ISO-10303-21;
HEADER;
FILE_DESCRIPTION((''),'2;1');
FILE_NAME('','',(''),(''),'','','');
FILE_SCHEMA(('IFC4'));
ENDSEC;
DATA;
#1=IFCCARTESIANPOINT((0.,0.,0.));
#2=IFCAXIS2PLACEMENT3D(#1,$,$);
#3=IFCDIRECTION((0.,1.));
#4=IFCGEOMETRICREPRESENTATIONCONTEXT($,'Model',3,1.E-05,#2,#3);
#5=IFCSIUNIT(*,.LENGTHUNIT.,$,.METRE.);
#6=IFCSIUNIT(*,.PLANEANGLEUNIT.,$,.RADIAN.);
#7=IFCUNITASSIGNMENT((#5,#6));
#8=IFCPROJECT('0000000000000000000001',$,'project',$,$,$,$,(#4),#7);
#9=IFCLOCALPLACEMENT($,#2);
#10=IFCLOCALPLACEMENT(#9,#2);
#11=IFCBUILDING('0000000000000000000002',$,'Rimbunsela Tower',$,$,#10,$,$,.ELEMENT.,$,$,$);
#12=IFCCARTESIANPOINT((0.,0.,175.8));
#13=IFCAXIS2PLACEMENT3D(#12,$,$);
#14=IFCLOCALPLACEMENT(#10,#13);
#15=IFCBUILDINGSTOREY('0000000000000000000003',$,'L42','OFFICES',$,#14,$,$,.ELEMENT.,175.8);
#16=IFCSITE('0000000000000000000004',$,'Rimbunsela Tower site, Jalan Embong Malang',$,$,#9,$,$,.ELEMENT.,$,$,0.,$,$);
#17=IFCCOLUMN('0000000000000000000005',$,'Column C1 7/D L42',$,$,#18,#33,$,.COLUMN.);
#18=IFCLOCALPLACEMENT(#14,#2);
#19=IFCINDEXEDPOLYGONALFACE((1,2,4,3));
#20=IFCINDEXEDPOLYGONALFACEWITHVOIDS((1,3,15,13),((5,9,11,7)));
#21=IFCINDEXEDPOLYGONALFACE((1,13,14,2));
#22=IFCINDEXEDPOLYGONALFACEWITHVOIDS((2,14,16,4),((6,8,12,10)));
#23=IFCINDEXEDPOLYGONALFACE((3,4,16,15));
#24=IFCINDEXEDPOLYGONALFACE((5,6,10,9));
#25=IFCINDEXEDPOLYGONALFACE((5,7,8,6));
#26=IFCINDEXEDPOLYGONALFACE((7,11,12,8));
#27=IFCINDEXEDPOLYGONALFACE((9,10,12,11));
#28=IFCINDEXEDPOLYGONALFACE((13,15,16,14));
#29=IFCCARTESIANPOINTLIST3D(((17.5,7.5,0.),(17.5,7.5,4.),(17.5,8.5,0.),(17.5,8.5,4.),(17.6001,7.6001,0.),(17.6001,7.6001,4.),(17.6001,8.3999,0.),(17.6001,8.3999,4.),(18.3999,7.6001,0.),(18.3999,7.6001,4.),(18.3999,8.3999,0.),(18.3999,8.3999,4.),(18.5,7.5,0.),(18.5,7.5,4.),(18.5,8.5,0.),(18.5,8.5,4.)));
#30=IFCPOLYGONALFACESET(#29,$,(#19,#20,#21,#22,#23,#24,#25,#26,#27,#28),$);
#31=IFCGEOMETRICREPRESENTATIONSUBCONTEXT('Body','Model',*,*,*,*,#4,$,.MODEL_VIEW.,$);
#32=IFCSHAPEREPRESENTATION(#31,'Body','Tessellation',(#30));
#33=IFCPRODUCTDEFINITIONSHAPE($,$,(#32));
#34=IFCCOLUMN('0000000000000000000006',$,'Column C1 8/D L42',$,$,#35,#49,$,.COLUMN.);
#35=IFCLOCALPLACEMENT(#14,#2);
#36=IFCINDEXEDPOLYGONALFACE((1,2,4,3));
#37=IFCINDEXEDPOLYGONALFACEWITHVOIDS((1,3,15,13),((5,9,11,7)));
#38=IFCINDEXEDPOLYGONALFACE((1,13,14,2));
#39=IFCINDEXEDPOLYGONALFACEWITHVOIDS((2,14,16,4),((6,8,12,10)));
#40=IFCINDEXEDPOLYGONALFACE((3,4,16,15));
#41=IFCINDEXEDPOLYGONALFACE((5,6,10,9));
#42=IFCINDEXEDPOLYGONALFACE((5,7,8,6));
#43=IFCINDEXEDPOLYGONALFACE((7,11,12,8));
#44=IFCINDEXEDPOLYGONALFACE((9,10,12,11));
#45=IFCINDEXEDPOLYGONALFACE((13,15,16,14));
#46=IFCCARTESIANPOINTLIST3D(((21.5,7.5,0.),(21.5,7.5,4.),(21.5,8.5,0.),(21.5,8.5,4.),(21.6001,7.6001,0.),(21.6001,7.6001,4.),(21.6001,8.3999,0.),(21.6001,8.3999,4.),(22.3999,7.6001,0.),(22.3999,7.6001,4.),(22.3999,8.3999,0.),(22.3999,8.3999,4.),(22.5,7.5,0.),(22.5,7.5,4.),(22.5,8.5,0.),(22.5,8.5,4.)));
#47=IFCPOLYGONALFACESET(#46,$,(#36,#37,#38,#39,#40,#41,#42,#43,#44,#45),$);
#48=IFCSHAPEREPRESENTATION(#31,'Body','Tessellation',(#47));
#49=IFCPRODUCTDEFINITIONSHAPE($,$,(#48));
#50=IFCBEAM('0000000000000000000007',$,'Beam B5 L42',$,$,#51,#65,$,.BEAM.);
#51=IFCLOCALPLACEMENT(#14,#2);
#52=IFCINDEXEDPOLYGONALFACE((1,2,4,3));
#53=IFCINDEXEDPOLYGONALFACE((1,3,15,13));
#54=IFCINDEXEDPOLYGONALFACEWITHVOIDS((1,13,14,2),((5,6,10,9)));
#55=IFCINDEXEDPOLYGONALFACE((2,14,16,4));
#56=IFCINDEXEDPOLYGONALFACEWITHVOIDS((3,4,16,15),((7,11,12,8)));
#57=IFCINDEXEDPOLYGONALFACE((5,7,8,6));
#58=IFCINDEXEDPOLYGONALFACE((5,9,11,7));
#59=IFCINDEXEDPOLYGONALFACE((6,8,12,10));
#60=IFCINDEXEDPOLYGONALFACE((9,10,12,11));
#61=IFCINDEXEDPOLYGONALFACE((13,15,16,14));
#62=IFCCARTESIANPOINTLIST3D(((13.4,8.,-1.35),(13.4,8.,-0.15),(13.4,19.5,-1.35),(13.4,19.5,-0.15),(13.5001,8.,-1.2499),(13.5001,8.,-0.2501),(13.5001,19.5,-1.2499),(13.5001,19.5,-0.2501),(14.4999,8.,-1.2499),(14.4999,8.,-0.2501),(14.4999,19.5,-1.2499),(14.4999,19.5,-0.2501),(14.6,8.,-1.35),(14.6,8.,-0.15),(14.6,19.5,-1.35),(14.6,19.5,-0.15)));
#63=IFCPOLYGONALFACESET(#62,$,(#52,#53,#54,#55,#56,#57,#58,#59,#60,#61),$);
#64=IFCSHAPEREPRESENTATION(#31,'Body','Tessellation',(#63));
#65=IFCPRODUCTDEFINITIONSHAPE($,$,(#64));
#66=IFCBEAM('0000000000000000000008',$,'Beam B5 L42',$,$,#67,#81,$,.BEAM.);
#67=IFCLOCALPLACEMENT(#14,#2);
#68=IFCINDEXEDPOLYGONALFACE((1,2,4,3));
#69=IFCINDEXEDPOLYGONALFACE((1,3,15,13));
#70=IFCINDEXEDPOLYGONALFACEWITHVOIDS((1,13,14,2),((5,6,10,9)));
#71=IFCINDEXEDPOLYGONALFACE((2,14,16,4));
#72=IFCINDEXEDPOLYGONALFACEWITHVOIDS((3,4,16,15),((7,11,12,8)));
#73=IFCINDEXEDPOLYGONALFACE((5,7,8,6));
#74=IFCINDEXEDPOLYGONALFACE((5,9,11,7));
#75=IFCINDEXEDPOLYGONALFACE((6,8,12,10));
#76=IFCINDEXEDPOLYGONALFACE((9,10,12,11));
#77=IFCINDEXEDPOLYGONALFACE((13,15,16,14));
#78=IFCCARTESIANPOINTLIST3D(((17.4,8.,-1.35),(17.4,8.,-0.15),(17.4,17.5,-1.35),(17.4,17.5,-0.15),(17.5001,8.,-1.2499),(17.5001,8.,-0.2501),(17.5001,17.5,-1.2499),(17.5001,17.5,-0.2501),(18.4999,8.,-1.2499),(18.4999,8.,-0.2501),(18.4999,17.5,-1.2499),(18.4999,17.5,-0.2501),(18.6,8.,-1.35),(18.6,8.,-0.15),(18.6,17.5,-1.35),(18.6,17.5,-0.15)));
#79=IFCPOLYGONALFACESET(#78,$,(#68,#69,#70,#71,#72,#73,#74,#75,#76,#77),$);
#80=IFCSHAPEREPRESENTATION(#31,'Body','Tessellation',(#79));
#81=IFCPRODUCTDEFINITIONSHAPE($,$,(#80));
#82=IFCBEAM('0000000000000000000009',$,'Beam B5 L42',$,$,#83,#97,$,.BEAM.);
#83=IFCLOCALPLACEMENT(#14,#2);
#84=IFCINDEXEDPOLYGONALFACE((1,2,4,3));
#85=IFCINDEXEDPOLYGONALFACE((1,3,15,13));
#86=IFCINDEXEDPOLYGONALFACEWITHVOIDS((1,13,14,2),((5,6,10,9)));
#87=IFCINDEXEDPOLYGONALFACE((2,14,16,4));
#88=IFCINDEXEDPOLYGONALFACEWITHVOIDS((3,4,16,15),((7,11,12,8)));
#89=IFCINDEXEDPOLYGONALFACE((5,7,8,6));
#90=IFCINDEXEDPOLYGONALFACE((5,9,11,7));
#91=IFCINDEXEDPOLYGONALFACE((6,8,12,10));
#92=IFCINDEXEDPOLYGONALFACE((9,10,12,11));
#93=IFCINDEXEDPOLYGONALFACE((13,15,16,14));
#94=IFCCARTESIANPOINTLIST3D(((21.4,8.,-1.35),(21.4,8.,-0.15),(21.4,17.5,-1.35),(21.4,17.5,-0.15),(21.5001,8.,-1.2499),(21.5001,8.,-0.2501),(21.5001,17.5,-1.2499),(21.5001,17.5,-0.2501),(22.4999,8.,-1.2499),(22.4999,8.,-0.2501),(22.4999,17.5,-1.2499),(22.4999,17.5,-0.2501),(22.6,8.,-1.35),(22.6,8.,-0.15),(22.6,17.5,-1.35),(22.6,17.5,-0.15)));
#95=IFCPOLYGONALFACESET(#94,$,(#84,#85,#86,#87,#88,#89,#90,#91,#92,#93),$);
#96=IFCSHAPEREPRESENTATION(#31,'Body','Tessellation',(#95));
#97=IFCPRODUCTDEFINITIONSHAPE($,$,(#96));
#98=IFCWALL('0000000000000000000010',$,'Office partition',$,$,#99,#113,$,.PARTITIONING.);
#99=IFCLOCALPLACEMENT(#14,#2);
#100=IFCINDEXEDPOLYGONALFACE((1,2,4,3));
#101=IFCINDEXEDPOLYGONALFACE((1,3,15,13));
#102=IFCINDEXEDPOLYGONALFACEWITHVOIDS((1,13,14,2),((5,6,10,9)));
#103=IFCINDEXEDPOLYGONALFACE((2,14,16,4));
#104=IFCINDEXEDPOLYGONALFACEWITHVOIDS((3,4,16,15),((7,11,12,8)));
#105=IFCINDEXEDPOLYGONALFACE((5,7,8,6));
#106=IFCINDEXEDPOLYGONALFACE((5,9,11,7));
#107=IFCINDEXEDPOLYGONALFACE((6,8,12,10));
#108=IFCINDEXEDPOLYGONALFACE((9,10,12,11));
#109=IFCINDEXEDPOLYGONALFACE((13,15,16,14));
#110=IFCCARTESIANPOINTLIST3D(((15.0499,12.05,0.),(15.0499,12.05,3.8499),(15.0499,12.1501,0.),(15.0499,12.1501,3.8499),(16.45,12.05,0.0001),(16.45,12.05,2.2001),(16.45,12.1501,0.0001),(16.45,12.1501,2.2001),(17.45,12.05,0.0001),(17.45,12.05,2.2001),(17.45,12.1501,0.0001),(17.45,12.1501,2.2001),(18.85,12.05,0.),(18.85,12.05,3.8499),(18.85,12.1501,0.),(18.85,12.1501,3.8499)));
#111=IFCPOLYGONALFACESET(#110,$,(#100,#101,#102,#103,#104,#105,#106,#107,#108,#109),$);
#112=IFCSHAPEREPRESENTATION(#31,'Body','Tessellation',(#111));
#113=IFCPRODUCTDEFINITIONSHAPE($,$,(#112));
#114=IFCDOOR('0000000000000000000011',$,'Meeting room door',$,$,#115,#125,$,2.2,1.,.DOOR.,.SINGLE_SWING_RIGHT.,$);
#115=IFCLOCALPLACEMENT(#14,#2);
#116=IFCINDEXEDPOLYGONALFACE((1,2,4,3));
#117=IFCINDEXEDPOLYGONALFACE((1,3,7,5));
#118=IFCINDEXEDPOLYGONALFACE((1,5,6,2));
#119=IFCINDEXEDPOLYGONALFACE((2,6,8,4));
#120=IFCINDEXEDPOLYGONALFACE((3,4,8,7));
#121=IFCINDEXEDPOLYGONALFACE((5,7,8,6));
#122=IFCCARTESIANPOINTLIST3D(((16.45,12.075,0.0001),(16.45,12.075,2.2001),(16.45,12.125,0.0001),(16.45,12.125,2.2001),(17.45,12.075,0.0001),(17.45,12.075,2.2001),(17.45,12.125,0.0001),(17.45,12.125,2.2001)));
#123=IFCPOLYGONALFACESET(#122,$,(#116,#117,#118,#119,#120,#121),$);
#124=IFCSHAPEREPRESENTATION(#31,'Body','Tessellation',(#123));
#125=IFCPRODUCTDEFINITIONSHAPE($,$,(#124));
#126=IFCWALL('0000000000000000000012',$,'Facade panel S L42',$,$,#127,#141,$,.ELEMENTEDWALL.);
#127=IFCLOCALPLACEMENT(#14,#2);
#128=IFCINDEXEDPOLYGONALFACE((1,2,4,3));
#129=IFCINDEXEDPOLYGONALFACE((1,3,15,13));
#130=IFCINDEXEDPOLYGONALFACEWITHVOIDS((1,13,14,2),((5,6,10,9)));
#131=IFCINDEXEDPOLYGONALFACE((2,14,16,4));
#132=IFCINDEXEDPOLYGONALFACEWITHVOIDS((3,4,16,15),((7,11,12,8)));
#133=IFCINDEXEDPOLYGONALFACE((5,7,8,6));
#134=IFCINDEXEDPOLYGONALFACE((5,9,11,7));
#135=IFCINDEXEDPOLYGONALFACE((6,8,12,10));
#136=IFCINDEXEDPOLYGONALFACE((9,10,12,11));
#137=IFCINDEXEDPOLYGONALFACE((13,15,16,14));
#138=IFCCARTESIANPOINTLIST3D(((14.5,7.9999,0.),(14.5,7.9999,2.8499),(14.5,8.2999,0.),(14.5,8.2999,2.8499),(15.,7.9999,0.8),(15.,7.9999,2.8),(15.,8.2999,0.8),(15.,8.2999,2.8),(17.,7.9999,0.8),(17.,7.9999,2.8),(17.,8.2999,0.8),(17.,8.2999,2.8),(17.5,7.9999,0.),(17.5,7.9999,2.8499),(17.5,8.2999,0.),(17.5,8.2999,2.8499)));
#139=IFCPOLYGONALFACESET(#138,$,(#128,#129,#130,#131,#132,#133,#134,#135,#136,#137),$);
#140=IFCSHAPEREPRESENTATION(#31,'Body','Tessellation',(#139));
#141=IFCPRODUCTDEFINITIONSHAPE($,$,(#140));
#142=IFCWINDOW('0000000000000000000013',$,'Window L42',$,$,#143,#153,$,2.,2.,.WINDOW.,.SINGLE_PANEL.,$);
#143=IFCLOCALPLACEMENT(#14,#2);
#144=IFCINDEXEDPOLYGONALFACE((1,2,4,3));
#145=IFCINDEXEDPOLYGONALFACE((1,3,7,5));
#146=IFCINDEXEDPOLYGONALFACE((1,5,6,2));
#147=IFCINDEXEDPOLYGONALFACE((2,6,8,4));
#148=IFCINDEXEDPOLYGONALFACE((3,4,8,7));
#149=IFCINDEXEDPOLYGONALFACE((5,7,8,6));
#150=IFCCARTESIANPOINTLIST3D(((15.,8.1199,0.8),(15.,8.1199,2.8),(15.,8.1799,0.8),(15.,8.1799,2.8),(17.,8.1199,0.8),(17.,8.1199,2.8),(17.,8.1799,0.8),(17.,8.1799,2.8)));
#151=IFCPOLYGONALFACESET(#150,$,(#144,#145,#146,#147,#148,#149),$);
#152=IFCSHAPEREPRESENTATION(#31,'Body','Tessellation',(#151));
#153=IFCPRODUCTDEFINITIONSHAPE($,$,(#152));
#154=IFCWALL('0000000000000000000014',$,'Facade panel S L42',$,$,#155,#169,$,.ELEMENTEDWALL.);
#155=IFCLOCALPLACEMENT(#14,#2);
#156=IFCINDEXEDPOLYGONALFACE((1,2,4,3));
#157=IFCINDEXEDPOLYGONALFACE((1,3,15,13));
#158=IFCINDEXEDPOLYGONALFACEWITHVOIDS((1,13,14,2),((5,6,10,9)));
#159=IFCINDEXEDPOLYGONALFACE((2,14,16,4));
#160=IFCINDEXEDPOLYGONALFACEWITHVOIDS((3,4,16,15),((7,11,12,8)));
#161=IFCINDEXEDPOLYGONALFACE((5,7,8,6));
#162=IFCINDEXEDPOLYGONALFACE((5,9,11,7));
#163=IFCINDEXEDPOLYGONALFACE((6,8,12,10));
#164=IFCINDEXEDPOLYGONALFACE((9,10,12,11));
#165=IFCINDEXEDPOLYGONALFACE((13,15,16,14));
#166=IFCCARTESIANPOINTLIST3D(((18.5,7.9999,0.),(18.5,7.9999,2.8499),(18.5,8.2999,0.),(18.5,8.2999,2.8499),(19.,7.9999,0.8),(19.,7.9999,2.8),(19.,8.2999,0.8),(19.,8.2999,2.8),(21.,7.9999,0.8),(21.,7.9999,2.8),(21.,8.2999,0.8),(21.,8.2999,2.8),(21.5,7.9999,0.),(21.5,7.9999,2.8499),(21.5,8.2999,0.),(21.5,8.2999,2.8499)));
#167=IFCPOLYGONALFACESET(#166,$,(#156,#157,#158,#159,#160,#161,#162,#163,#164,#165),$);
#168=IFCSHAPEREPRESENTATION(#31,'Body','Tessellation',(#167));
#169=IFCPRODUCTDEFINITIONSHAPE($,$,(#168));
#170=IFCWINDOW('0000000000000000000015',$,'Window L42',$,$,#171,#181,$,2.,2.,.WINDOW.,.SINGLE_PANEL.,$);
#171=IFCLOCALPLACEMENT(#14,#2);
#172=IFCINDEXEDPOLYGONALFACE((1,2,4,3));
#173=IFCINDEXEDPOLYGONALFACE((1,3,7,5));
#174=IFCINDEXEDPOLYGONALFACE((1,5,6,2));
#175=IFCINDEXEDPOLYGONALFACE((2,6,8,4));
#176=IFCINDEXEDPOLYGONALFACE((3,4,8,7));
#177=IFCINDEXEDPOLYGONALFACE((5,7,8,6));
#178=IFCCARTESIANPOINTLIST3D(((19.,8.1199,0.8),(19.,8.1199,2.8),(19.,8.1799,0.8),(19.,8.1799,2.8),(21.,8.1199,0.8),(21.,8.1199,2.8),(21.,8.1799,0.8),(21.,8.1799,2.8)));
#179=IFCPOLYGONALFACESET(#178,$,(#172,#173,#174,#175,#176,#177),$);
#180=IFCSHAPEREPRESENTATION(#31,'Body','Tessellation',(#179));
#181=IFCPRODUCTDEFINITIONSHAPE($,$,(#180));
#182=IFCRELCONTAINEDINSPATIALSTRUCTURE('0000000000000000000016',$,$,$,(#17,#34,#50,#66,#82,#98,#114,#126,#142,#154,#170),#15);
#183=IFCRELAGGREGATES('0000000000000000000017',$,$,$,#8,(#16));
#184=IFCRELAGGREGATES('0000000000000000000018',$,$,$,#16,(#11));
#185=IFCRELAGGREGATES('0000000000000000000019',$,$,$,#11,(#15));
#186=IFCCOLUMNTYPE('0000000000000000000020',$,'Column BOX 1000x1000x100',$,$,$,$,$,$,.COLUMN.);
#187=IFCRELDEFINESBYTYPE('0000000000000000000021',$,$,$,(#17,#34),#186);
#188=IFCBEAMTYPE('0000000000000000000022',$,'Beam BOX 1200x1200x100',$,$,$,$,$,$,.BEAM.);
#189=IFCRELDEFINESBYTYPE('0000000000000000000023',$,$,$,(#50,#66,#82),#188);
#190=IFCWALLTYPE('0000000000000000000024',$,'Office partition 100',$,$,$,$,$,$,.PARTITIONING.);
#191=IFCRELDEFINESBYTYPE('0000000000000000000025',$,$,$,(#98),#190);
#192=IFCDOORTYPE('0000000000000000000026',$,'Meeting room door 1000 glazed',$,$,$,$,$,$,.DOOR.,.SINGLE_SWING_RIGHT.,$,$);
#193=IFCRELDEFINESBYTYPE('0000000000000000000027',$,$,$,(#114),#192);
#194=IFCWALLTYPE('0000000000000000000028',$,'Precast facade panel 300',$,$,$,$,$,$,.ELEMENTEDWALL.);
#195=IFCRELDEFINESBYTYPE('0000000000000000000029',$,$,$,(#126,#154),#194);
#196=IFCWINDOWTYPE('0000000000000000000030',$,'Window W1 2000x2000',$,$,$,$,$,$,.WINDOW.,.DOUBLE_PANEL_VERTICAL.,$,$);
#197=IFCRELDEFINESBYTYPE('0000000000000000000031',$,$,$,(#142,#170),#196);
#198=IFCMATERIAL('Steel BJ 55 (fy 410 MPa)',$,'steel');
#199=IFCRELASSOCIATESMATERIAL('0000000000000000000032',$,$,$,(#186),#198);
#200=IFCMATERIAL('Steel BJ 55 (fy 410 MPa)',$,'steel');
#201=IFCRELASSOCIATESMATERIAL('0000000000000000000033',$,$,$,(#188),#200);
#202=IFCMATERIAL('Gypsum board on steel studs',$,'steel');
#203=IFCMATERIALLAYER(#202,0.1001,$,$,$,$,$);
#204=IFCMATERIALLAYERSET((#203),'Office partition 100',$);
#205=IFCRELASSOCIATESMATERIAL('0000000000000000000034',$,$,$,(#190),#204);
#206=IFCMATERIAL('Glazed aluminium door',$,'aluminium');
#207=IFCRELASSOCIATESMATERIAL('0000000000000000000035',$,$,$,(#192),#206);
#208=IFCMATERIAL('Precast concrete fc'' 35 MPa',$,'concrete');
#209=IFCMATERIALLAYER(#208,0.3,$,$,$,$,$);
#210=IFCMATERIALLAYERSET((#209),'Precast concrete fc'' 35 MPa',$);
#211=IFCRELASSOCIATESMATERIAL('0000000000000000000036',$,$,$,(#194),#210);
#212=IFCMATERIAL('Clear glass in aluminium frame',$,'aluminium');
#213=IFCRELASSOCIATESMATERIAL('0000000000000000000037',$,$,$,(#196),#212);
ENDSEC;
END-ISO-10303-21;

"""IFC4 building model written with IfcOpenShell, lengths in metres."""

from ifc_helpers import new_model, si_unit, direction, frame, frame_2d, origin, origin_2d, place, context, subcontext, project, spatial, rectangle, hollow_rectangle, extrude, material, layer, layer_set, material_profile, profile_set, type_object, element, fill, save


model = new_model("IFC4")

# Units and contexts
model_context = context("Model", 3, precision=1e-05, world=origin(), true_north=direction((0.0, 1.0)))
body_context = subcontext(model_context, "Body", "Model", "MODEL_VIEW")
ifc_project = project(units=[si_unit("LENGTHUNIT", "METRE"), si_unit("PLANEANGLEUNIT", "RADIAN")], contexts=[model_context])

# Site, building, storey
site_placement = place(None, origin())
site = spatial("IfcSite", under=ifc_project, at=site_placement, Name="Rimbunsela Tower site, Jalan Embong Malang", CompositionType="ELEMENT", RefElevation=0.0)
building_placement = place(site_placement, origin())
building = spatial("IfcBuilding", under=site, at=building_placement, Name="Rimbunsela Tower", CompositionType="ELEMENT")
storey_placement = place(building_placement, frame((0.0, 0.0, 175.8)))
storey = spatial("IfcBuildingStorey", under=building, at=storey_placement, Name="L42", Description="OFFICES", CompositionType="ELEMENT", Elevation=175.8)

# Columns
ifc_material_1 = material(Name="Steel BJ 55 (fy 410 MPa)", Category="steel")
ifc_material_profile_1 = material_profile(ifc_material_1, hollow_rectangle(XDim=1.0, YDim=1.0, WallThickness=0.1001, at=origin_2d()), Name="BOX 1000x1000x100")
ifc_profile_set_1 = profile_set([ifc_material_profile_1], Name="Steel BJ 55 (fy 410 MPa)")
column_type = type_object("IfcColumnType", Name="Column BOX 1000x1000x100", PredefinedType="COLUMN", material=ifc_profile_set_1)
for number, where, z_axis, x_axis, name in (
    (1, (18.0, 8.0, 0.0), (0.0, 0.0, 1.0), (1.0, 0.0, 0.0), "Column C1 7/D L42"),
    (2, (22.0, 8.0, 0.0), (0.0, 0.0, 1.0), (1.0, 0.0, 0.0), "Column C1 8/D L42"),
):
    element("IfcColumn", number, at=place(storey_placement, frame(where, z_axis=z_axis, x_axis=x_axis)), inside=storey, type_object=column_type, Name=name, PredefinedType="COLUMN", context=body_context, shape_type="SweptSolid", body=[
        extrude(hollow_rectangle(XDim=1.0, YDim=1.0, WallThickness=0.1001, at=origin_2d()), origin(), (0.0, 0.0, 1.0), 4.0),
    ])

# Beams
ifc_material_2 = material(Name="Steel BJ 55 (fy 410 MPa)", Category="steel")
ifc_material_profile_2 = material_profile(ifc_material_2, hollow_rectangle(XDim=1.2, YDim=1.2, WallThickness=0.1001, at=origin_2d()), Name="BOX 1200x1200x100")
ifc_profile_set_2 = profile_set([ifc_material_profile_2], Name="Steel BJ 55 (fy 410 MPa)")
beam_type = type_object("IfcBeamType", Name="Beam BOX 1200x1200x100", PredefinedType="BEAM", material=ifc_profile_set_2)
beam_placement = place(storey_placement, frame((14.0, 8.0, -0.75), z_axis=(0.0, 1.0, 0.0), x_axis=(-1.0, 0.0, 0.0)))
element("IfcBeam", 3, at=beam_placement, inside=storey, type_object=beam_type, Name="Beam B5 L42", PredefinedType="BEAM", context=body_context, shape_type="SweptSolid", body=[
    extrude(hollow_rectangle(XDim=1.2, YDim=1.2, WallThickness=0.1001, at=origin_2d()), origin(), (0.0, 0.0, 1.0), 11.5),
])
for number, where, z_axis, x_axis, name in (
    (4, (18.0, 8.0, -0.75), (0.0, 1.0, 0.0), (-1.0, 0.0, 0.0), "Beam B5 L42"),
    (5, (22.0, 8.0, -0.75), (0.0, 1.0, 0.0), (-1.0, 0.0, 0.0), "Beam B5 L42"),
):
    element("IfcBeam", number, at=place(storey_placement, frame(where, z_axis=z_axis, x_axis=x_axis)), inside=storey, type_object=beam_type, Name=name, PredefinedType="BEAM", context=body_context, shape_type="SweptSolid", body=[
        extrude(hollow_rectangle(XDim=1.2, YDim=1.2, WallThickness=0.1001, at=origin_2d()), origin(), (0.0, 0.0, 1.0), 9.5),
    ])

# Wall, opening, door
ifc_material_3 = material(Name="Gypsum board on steel studs", Category="steel")
ifc_layer_1 = layer(ifc_material_3, 0.1001)
ifc_layer_set_1 = layer_set([ifc_layer_1], Name="Office partition 100")
wall_type_1 = type_object("IfcWallType", Name="Office partition 100", PredefinedType="PARTITIONING", material=ifc_layer_set_1)
wall_1_placement = place(storey_placement, frame((15.05, 12.1001, 0.0), z_axis=(0.0, 0.0, 1.0), x_axis=(1.0, 0.0, 0.0)))
wall_1 = element("IfcWall", 6, at=wall_1_placement, inside=storey, type_object=wall_type_1, Name="Office partition", PredefinedType="PARTITIONING", context=body_context, shape_type="SweptSolid", body=[
    extrude(rectangle(XDim=3.8, YDim=0.1001, at=frame_2d((1.8999, 0.0))), origin(), (0.0, 0.0, 1.0), 3.8499),
])
opening_1_placement = place(wall_1_placement, frame((1.3999, 0.0, 0.0)))
opening_1 = element("IfcOpeningElement", 7, at=opening_1_placement, cuts=wall_1, PredefinedType="OPENING", context=body_context, shape_type="SweptSolid", body=[
    extrude(rectangle(XDim=1.0, YDim=2.2, at=frame_2d((0.5, 1.1001))), frame((0.0, 0.0601, 0.0), z_axis=(0.0, -1.0, 0.0), x_axis=(1.0, 0.0, 0.0)), (0.0, 0.0, 1.0), 0.1201),
])
ifc_material_4 = material(Name="Glazed aluminium door", Category="aluminium")
door_type = type_object("IfcDoorType", Name="Meeting room door 1000 glazed", OperationType="SINGLE_SWING_RIGHT", PredefinedType="DOOR", material=ifc_material_4)
door_placement = place(opening_1_placement, origin())
door = element("IfcDoor", 8, at=door_placement, inside=storey, type_object=door_type, Name="Meeting room door", OperationType="SINGLE_SWING_RIGHT", OverallHeight=2.2, OverallWidth=1.0, PredefinedType="DOOR", context=body_context, shape_type="SweptSolid", body=[
    extrude(rectangle(XDim=1.0, YDim=2.2, at=frame_2d((0.5, 1.1001))), frame((0.0, 0.0249, 0.0), z_axis=(0.0, -1.0, 0.0), x_axis=(1.0, 0.0, 0.0)), (0.0, 0.0, 1.0), 0.05),
])
fill(opening_1, door)

# Walls, openings, windows
ifc_material_5 = material(Name="Precast concrete fc' 35 MPa", Category="concrete")
ifc_layer_2 = layer(ifc_material_5, 0.3)
ifc_layer_set_2 = layer_set([ifc_layer_2], Name="Precast concrete fc' 35 MPa")
wall_type_2 = type_object("IfcWallType", Name="Precast facade panel 300", PredefinedType="ELEMENTEDWALL", material=ifc_layer_set_2)
wall_2_placement = place(storey_placement, frame((14.5, 8.1499, 0.0), z_axis=(0.0, 0.0, 1.0), x_axis=(1.0, 0.0, 0.0)))
wall_2 = element("IfcWall", 9, at=wall_2_placement, inside=storey, type_object=wall_type_2, Name="Facade panel S L42", PredefinedType="ELEMENTEDWALL", context=body_context, shape_type="SweptSolid", body=[
    extrude(rectangle(XDim=3.0, YDim=0.3, at=frame_2d((1.5, 0.0))), origin(), (0.0, 0.0, 1.0), 2.8499),
])
opening_2_placement = place(wall_2_placement, frame((0.5, 0.0, 0.8)))
opening_2 = element("IfcOpeningElement", 10, at=opening_2_placement, cuts=wall_2, PredefinedType="OPENING", context=body_context, shape_type="SweptSolid", body=[
    extrude(rectangle(XDim=2.0, YDim=2.0, at=frame_2d((1.0, 1.0))), frame((0.0, 0.1599, 0.0), z_axis=(0.0, -1.0, 0.0), x_axis=(1.0, 0.0, 0.0)), (0.0, 0.0, 1.0), 0.3201),
])
ifc_material_6 = material(Name="Clear glass in aluminium frame", Category="aluminium")
window_type = type_object("IfcWindowType", Name="Window W1 2000x2000", PartitioningType="DOUBLE_PANEL_VERTICAL", PredefinedType="WINDOW", material=ifc_material_6)
window_1_placement = place(opening_2_placement, origin())
window_1 = element("IfcWindow", 11, at=window_1_placement, inside=storey, type_object=window_type, Name="Window L42", OverallHeight=2.0, OverallWidth=2.0, PartitioningType="SINGLE_PANEL", PredefinedType="WINDOW", context=body_context, shape_type="SweptSolid", body=[
    extrude(rectangle(XDim=2.0, YDim=2.0, at=frame_2d((1.0, 1.0))), frame((0.0, 0.03, 0.0), z_axis=(0.0, -1.0, 0.0), x_axis=(1.0, 0.0, 0.0)), (0.0, 0.0, 1.0), 0.0601),
])
fill(opening_2, window_1)
wall_3_placement = place(storey_placement, frame((18.5, 8.1499, 0.0), z_axis=(0.0, 0.0, 1.0), x_axis=(1.0, 0.0, 0.0)))
wall_3 = element("IfcWall", 12, at=wall_3_placement, inside=storey, type_object=wall_type_2, Name="Facade panel S L42", PredefinedType="ELEMENTEDWALL", context=body_context, shape_type="SweptSolid", body=[
    extrude(rectangle(XDim=3.0, YDim=0.3, at=frame_2d((1.5, 0.0))), origin(), (0.0, 0.0, 1.0), 2.8499),
])
opening_3_placement = place(wall_3_placement, frame((0.5, 0.0, 0.8)))
opening_3 = element("IfcOpeningElement", 13, at=opening_3_placement, cuts=wall_3, PredefinedType="OPENING", context=body_context, shape_type="SweptSolid", body=[
    extrude(rectangle(XDim=2.0, YDim=2.0, at=frame_2d((1.0, 1.0))), frame((0.0, 0.1599, 0.0), z_axis=(0.0, -1.0, 0.0), x_axis=(1.0, 0.0, 0.0)), (0.0, 0.0, 1.0), 0.3201),
])
window_2_placement = place(opening_3_placement, origin())
window_2 = element("IfcWindow", 14, at=window_2_placement, inside=storey, type_object=window_type, Name="Window L42", OverallHeight=2.0, OverallWidth=2.0, PartitioningType="SINGLE_PANEL", PredefinedType="WINDOW", context=body_context, shape_type="SweptSolid", body=[
    extrude(rectangle(XDim=2.0, YDim=2.0, at=frame_2d((1.0, 1.0))), frame((0.0, 0.03, 0.0), z_axis=(0.0, -1.0, 0.0), x_axis=(1.0, 0.0, 0.0)), (0.0, 0.0, 1.0), 0.0601),
])
fill(opening_3, window_2)

save(model, "model.ifc")
